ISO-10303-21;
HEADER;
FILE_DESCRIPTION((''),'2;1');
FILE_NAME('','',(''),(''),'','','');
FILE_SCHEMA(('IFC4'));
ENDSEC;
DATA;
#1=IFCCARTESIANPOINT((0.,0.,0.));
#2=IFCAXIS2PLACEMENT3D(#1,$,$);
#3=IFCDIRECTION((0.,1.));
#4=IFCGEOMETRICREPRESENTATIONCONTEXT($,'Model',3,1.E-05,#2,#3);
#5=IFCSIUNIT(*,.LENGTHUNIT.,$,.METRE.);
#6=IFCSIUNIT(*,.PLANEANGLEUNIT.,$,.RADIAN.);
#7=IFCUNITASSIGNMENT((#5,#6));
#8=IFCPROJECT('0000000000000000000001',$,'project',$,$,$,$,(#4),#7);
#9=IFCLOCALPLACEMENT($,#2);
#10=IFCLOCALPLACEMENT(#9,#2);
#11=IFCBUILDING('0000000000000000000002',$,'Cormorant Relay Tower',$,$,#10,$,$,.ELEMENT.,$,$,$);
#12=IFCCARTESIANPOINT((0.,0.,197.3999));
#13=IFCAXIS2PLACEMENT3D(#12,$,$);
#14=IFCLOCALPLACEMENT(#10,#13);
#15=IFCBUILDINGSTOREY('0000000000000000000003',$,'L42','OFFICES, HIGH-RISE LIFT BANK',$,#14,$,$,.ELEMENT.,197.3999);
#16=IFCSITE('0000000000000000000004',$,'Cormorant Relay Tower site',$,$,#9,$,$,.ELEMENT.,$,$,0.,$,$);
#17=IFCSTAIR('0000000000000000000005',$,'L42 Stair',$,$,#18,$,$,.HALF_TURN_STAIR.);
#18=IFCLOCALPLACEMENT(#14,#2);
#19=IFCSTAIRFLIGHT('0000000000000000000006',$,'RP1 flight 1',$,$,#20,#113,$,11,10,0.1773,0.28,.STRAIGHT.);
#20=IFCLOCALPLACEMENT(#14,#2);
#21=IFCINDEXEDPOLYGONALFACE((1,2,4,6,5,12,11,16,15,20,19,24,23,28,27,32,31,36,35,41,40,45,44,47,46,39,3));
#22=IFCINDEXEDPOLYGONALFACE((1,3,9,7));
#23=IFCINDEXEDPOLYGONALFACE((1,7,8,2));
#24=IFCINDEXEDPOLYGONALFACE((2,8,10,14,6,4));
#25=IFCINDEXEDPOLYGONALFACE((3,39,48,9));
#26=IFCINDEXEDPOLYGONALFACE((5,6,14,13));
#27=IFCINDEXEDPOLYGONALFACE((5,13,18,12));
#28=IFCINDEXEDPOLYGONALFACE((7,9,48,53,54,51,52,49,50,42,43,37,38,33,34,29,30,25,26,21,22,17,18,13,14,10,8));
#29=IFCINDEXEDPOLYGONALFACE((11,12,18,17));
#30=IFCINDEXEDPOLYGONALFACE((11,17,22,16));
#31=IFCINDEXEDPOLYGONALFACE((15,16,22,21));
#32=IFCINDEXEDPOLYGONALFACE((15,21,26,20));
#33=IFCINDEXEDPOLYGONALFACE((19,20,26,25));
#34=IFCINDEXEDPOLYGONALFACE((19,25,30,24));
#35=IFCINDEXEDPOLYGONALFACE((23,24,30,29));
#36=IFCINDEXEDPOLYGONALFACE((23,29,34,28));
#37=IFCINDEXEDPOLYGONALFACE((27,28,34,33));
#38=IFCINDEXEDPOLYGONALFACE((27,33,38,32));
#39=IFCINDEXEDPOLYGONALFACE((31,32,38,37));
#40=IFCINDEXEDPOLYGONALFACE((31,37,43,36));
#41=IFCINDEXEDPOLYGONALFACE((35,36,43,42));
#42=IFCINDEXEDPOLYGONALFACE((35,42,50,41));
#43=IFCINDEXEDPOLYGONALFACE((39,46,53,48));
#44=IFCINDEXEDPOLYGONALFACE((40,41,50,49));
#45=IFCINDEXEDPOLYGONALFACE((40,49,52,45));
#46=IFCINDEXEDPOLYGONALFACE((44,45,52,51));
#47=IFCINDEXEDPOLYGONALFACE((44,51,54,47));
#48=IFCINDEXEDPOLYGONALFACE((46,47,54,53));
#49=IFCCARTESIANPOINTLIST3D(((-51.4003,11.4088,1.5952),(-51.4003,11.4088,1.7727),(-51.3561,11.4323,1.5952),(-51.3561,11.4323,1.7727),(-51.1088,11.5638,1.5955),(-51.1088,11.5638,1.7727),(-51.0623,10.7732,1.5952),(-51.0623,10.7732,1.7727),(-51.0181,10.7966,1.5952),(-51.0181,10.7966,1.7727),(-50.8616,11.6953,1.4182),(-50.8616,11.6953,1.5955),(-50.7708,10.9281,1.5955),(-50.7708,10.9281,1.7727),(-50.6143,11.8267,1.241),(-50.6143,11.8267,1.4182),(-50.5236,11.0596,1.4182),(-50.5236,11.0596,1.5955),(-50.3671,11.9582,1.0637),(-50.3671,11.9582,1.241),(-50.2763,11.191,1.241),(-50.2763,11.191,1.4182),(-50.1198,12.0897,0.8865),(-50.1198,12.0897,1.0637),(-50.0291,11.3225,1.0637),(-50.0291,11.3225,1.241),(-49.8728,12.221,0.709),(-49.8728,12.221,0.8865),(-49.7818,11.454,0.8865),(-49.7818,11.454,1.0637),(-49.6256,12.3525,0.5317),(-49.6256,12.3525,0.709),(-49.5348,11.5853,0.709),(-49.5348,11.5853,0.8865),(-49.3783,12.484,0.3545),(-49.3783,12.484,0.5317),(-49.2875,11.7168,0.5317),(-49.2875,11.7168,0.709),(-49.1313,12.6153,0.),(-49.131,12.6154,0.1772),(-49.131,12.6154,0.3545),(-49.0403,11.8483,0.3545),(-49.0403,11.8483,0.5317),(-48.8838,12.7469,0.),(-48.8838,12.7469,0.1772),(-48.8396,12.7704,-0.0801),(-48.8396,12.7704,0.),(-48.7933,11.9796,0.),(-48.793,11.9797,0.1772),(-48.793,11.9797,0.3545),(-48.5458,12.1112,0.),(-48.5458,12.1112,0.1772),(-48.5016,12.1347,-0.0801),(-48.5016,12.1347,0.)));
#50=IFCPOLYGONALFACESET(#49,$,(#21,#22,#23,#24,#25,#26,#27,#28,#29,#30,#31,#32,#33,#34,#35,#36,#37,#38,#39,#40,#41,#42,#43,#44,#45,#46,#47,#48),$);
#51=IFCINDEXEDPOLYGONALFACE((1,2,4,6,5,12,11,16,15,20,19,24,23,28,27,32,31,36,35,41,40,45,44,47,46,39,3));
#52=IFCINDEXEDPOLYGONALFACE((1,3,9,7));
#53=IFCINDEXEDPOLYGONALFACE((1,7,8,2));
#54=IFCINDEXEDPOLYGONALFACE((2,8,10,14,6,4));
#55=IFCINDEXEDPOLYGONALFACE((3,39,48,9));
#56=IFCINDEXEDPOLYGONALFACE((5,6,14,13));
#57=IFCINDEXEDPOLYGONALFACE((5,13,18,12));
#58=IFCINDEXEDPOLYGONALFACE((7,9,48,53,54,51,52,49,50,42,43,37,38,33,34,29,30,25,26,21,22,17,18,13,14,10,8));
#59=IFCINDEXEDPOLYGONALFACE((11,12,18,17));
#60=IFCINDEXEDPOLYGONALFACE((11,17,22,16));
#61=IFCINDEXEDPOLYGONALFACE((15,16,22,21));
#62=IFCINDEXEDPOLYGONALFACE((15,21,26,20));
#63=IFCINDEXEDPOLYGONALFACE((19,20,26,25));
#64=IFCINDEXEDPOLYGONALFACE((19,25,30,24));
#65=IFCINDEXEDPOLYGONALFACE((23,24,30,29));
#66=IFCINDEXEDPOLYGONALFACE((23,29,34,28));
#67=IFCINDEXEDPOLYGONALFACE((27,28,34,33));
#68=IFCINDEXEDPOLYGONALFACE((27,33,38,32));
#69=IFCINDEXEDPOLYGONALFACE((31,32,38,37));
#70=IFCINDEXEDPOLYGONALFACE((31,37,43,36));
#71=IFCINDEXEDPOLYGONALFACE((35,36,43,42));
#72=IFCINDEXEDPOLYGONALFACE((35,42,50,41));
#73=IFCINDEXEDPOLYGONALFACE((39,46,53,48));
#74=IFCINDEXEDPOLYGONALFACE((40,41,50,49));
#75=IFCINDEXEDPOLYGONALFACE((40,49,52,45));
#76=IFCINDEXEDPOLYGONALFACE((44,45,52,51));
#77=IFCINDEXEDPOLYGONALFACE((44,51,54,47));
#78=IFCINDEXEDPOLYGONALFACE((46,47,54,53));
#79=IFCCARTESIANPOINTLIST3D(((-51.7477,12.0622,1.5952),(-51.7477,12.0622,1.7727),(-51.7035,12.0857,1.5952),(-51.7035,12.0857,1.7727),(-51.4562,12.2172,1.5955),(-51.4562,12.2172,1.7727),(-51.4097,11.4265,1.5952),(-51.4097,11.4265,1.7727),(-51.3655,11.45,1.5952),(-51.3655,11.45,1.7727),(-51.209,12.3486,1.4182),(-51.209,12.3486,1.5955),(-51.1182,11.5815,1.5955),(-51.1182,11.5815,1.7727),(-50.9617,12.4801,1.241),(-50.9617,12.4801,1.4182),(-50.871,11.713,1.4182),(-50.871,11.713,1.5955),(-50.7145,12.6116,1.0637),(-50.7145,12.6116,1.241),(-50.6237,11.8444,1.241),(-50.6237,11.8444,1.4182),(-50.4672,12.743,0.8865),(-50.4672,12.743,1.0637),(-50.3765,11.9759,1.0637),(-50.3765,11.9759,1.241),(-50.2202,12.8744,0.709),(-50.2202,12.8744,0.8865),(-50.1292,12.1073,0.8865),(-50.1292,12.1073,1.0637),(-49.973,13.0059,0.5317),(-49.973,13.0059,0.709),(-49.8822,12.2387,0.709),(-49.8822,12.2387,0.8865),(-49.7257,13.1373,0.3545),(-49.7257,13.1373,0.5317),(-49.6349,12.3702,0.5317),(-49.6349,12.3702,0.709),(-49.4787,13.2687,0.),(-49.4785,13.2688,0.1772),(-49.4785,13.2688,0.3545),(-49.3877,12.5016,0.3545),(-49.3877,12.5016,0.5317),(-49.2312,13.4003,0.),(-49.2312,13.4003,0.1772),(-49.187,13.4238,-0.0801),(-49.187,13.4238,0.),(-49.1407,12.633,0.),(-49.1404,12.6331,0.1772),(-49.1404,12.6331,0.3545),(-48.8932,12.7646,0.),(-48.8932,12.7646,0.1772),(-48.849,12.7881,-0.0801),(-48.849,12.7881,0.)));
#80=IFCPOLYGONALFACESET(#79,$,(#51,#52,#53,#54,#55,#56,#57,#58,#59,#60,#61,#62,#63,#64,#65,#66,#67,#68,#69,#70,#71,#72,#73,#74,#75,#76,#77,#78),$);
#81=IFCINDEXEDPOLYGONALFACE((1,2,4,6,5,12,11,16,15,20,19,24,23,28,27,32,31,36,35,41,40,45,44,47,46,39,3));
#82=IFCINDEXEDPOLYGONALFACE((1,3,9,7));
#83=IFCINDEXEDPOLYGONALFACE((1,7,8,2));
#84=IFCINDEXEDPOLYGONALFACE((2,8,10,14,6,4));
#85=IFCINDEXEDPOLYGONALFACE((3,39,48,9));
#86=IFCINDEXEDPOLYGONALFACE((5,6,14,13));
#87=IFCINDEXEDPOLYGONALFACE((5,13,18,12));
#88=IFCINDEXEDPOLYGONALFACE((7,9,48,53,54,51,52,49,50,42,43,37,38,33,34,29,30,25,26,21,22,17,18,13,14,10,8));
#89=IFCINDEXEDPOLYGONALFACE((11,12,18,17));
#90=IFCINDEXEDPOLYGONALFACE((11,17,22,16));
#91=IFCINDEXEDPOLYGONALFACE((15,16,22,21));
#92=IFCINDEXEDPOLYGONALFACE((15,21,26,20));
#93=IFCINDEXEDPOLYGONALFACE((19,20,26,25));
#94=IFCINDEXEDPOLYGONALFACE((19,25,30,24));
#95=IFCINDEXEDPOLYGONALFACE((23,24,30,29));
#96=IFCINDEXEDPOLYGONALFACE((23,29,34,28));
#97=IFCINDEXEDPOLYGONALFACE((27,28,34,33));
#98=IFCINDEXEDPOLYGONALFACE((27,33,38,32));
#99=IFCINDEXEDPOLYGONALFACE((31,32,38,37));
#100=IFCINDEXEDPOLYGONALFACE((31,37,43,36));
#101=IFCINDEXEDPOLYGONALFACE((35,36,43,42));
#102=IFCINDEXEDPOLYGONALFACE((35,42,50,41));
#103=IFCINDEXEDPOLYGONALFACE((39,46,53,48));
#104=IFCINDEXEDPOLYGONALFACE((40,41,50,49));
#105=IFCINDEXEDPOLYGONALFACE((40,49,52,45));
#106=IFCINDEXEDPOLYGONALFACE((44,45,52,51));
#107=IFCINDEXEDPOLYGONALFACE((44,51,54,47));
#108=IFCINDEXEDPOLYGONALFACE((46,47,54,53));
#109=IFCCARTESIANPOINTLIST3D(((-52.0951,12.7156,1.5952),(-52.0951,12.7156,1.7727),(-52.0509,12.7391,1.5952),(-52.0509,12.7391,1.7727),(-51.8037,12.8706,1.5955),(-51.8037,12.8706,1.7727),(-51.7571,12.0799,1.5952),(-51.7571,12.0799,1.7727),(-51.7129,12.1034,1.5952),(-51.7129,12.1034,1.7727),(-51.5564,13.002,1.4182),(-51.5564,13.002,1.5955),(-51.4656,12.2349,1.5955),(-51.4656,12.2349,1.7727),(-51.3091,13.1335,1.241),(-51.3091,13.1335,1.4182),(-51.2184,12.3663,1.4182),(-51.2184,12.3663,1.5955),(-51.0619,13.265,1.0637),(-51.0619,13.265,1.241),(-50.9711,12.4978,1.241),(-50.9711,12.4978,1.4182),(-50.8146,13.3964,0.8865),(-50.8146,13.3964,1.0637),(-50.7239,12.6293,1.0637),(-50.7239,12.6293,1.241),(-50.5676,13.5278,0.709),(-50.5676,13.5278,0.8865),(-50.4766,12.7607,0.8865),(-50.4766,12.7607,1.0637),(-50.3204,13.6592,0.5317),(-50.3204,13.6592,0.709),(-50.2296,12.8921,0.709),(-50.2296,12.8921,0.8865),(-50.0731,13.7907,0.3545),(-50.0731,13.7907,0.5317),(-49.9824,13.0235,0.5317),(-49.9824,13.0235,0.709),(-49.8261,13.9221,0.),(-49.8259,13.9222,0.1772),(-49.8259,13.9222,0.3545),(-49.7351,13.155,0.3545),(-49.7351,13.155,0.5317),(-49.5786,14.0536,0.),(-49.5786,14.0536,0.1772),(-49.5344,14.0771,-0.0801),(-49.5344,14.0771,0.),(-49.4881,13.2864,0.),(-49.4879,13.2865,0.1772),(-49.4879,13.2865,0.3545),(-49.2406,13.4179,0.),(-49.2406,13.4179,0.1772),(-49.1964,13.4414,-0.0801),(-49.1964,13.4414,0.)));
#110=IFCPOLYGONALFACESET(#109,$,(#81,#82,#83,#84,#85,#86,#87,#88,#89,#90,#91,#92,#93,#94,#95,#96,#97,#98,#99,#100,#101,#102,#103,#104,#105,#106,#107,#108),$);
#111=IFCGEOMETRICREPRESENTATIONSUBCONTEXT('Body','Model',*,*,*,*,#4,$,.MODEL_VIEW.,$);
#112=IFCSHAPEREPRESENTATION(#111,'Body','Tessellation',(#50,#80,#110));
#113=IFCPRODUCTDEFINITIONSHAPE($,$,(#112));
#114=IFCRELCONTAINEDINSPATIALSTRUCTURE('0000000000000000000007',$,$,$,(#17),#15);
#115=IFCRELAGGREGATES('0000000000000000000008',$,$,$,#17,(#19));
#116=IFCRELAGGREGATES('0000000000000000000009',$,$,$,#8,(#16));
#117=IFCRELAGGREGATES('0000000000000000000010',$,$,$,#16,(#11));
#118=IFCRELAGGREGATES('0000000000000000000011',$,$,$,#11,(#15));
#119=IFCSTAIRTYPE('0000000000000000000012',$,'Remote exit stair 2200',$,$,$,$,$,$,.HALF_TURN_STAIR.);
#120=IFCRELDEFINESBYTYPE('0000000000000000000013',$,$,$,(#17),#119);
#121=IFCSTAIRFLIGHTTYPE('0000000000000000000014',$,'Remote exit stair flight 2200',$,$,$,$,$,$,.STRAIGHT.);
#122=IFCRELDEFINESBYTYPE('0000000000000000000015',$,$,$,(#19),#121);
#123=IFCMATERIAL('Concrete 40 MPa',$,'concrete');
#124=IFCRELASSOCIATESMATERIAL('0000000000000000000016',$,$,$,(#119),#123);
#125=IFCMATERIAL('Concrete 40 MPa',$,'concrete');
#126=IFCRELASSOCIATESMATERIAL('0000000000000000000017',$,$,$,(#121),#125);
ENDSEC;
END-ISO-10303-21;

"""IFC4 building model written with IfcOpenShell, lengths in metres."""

from ifc_helpers import new_model, si_unit, direction, frame, origin, place, context, subcontext, project, spatial, polyline, outline, extrude, material, type_object, element, aggregate, save


model = new_model("IFC4")

# Units and contexts
model_context = context("Model", 3, precision=1e-05, world=origin(), true_north=direction((0.0, 1.0)))
body_context = subcontext(model_context, "Body", "Model", "MODEL_VIEW")
ifc_project = project(units=[si_unit("LENGTHUNIT", "METRE"), si_unit("PLANEANGLEUNIT", "RADIAN")], contexts=[model_context])

# Site, building, storey
site_placement = place(None, origin())
site = spatial("IfcSite", under=ifc_project, at=site_placement, Name="Cormorant Relay Tower site", CompositionType="ELEMENT", RefElevation=0.0)
building_placement = place(site_placement, origin())
building = spatial("IfcBuilding", under=site, at=building_placement, Name="Cormorant Relay Tower", CompositionType="ELEMENT")
storey_placement = place(building_placement, frame((0.0, 0.0, 197.3999)))
storey = spatial("IfcBuildingStorey", under=building, at=storey_placement, Name="L42", Description="OFFICES, HIGH-RISE LIFT BANK", CompositionType="ELEMENT", Elevation=197.3999)

# Stair, stair flight
ifc_material_1 = material(Name="Concrete 40 MPa", Category="concrete")
stair_type = type_object("IfcStairType", Name="Remote exit stair 2200", PredefinedType="HALF_TURN_STAIR", material=ifc_material_1)
stair_placement = place(storey_placement, origin())
stair = element("IfcStair", 1, at=stair_placement, inside=storey, type_object=stair_type, Name="L42 Stair", PredefinedType="HALF_TURN_STAIR")
ifc_material_2 = material(Name="Concrete 40 MPa", Category="concrete")
stair_flight_type = type_object("IfcStairFlightType", Name="Remote exit stair flight 2200", PredefinedType="STRAIGHT", material=ifc_material_2)
stair_flight_1_placement = place(storey_placement, frame((-49.0623, 13.0825, 0.0), z_axis=(0.0, 0.0, 1.0), x_axis=(-0.882948, -0.469472, 0.0)))
stair_flight_1 = element("IfcStairFlight", 2, at=stair_flight_1_placement, type_object=stair_flight_type, Name="RP1 flight 1", NumberOfRisers=11, NumberOfTreads=10, PredefinedType="STRAIGHT", RiserHeight=0.1773, TreadLength=0.28, context=body_context, shape_type="SweptSolid", body=[
    extrude(outline(polyline([(-0.05, -0.0801), (-0.05, 0.0), (0.0, 0.0), (0.0, 0.1772), (0.28, 0.1772), (0.28, 0.3545), (0.5601, 0.3545), (0.5601, 0.5317), (0.8401, 0.5317), (0.8401, 0.709), (1.1201, 0.709), (1.1201, 0.8865), (1.3999, 0.8865), (1.3999, 1.0637), (1.6799, 1.0637), (1.6799, 1.241), (1.96, 1.241), (1.96, 1.4182), (2.24, 1.4182), (2.24, 1.5955), (2.52, 1.5955), (2.52, 1.7727), (2.8, 1.7727), (2.8501, 1.7727), (2.8501, 1.5952), (2.8, 1.5952), (0.2803, 0.0), (-0.05, -0.0801)])), frame((0.0, 1.1001, 0.0), z_axis=(0.0, -1.0, 0.0), x_axis=(1.0, 0.0, 0.0)), (0.0, 0.0, 1.0), 0.72),
    extrude(outline(polyline([(-0.05, -0.0801), (-0.05, 0.0), (0.0, 0.0), (0.0, 0.1772), (0.28, 0.1772), (0.28, 0.3545), (0.5601, 0.3545), (0.5601, 0.5317), (0.8401, 0.5317), (0.8401, 0.709), (1.1201, 0.709), (1.1201, 0.8865), (1.3999, 0.8865), (1.3999, 1.0637), (1.6799, 1.0637), (1.6799, 1.241), (1.96, 1.241), (1.96, 1.4182), (2.24, 1.4182), (2.24, 1.5955), (2.52, 1.5955), (2.52, 1.7727), (2.8, 1.7727), (2.8501, 1.7727), (2.8501, 1.5952), (2.8, 1.5952), (0.2803, 0.0), (-0.05, -0.0801)])), frame((0.0, 0.3601, 0.0), z_axis=(0.0, -1.0, 0.0), x_axis=(1.0, 0.0, 0.0)), (0.0, 0.0, 1.0), 0.72),
    extrude(outline(polyline([(-0.05, -0.0801), (-0.05, 0.0), (0.0, 0.0), (0.0, 0.1772), (0.28, 0.1772), (0.28, 0.3545), (0.5601, 0.3545), (0.5601, 0.5317), (0.8401, 0.5317), (0.8401, 0.709), (1.1201, 0.709), (1.1201, 0.8865), (1.3999, 0.8865), (1.3999, 1.0637), (1.6799, 1.0637), (1.6799, 1.241), (1.96, 1.241), (1.96, 1.4182), (2.24, 1.4182), (2.24, 1.5955), (2.52, 1.5955), (2.52, 1.7727), (2.8, 1.7727), (2.8501, 1.7727), (2.8501, 1.5952), (2.8, 1.5952), (0.2803, 0.0), (-0.05, -0.0801)])), frame((0.0, -0.3799, 0.0), z_axis=(0.0, -1.0, 0.0), x_axis=(1.0, 0.0, 0.0)), (0.0, 0.0, 1.0), 0.72),
])
aggregate(stair, [stair_flight_1])

save(model, "model.ifc")
